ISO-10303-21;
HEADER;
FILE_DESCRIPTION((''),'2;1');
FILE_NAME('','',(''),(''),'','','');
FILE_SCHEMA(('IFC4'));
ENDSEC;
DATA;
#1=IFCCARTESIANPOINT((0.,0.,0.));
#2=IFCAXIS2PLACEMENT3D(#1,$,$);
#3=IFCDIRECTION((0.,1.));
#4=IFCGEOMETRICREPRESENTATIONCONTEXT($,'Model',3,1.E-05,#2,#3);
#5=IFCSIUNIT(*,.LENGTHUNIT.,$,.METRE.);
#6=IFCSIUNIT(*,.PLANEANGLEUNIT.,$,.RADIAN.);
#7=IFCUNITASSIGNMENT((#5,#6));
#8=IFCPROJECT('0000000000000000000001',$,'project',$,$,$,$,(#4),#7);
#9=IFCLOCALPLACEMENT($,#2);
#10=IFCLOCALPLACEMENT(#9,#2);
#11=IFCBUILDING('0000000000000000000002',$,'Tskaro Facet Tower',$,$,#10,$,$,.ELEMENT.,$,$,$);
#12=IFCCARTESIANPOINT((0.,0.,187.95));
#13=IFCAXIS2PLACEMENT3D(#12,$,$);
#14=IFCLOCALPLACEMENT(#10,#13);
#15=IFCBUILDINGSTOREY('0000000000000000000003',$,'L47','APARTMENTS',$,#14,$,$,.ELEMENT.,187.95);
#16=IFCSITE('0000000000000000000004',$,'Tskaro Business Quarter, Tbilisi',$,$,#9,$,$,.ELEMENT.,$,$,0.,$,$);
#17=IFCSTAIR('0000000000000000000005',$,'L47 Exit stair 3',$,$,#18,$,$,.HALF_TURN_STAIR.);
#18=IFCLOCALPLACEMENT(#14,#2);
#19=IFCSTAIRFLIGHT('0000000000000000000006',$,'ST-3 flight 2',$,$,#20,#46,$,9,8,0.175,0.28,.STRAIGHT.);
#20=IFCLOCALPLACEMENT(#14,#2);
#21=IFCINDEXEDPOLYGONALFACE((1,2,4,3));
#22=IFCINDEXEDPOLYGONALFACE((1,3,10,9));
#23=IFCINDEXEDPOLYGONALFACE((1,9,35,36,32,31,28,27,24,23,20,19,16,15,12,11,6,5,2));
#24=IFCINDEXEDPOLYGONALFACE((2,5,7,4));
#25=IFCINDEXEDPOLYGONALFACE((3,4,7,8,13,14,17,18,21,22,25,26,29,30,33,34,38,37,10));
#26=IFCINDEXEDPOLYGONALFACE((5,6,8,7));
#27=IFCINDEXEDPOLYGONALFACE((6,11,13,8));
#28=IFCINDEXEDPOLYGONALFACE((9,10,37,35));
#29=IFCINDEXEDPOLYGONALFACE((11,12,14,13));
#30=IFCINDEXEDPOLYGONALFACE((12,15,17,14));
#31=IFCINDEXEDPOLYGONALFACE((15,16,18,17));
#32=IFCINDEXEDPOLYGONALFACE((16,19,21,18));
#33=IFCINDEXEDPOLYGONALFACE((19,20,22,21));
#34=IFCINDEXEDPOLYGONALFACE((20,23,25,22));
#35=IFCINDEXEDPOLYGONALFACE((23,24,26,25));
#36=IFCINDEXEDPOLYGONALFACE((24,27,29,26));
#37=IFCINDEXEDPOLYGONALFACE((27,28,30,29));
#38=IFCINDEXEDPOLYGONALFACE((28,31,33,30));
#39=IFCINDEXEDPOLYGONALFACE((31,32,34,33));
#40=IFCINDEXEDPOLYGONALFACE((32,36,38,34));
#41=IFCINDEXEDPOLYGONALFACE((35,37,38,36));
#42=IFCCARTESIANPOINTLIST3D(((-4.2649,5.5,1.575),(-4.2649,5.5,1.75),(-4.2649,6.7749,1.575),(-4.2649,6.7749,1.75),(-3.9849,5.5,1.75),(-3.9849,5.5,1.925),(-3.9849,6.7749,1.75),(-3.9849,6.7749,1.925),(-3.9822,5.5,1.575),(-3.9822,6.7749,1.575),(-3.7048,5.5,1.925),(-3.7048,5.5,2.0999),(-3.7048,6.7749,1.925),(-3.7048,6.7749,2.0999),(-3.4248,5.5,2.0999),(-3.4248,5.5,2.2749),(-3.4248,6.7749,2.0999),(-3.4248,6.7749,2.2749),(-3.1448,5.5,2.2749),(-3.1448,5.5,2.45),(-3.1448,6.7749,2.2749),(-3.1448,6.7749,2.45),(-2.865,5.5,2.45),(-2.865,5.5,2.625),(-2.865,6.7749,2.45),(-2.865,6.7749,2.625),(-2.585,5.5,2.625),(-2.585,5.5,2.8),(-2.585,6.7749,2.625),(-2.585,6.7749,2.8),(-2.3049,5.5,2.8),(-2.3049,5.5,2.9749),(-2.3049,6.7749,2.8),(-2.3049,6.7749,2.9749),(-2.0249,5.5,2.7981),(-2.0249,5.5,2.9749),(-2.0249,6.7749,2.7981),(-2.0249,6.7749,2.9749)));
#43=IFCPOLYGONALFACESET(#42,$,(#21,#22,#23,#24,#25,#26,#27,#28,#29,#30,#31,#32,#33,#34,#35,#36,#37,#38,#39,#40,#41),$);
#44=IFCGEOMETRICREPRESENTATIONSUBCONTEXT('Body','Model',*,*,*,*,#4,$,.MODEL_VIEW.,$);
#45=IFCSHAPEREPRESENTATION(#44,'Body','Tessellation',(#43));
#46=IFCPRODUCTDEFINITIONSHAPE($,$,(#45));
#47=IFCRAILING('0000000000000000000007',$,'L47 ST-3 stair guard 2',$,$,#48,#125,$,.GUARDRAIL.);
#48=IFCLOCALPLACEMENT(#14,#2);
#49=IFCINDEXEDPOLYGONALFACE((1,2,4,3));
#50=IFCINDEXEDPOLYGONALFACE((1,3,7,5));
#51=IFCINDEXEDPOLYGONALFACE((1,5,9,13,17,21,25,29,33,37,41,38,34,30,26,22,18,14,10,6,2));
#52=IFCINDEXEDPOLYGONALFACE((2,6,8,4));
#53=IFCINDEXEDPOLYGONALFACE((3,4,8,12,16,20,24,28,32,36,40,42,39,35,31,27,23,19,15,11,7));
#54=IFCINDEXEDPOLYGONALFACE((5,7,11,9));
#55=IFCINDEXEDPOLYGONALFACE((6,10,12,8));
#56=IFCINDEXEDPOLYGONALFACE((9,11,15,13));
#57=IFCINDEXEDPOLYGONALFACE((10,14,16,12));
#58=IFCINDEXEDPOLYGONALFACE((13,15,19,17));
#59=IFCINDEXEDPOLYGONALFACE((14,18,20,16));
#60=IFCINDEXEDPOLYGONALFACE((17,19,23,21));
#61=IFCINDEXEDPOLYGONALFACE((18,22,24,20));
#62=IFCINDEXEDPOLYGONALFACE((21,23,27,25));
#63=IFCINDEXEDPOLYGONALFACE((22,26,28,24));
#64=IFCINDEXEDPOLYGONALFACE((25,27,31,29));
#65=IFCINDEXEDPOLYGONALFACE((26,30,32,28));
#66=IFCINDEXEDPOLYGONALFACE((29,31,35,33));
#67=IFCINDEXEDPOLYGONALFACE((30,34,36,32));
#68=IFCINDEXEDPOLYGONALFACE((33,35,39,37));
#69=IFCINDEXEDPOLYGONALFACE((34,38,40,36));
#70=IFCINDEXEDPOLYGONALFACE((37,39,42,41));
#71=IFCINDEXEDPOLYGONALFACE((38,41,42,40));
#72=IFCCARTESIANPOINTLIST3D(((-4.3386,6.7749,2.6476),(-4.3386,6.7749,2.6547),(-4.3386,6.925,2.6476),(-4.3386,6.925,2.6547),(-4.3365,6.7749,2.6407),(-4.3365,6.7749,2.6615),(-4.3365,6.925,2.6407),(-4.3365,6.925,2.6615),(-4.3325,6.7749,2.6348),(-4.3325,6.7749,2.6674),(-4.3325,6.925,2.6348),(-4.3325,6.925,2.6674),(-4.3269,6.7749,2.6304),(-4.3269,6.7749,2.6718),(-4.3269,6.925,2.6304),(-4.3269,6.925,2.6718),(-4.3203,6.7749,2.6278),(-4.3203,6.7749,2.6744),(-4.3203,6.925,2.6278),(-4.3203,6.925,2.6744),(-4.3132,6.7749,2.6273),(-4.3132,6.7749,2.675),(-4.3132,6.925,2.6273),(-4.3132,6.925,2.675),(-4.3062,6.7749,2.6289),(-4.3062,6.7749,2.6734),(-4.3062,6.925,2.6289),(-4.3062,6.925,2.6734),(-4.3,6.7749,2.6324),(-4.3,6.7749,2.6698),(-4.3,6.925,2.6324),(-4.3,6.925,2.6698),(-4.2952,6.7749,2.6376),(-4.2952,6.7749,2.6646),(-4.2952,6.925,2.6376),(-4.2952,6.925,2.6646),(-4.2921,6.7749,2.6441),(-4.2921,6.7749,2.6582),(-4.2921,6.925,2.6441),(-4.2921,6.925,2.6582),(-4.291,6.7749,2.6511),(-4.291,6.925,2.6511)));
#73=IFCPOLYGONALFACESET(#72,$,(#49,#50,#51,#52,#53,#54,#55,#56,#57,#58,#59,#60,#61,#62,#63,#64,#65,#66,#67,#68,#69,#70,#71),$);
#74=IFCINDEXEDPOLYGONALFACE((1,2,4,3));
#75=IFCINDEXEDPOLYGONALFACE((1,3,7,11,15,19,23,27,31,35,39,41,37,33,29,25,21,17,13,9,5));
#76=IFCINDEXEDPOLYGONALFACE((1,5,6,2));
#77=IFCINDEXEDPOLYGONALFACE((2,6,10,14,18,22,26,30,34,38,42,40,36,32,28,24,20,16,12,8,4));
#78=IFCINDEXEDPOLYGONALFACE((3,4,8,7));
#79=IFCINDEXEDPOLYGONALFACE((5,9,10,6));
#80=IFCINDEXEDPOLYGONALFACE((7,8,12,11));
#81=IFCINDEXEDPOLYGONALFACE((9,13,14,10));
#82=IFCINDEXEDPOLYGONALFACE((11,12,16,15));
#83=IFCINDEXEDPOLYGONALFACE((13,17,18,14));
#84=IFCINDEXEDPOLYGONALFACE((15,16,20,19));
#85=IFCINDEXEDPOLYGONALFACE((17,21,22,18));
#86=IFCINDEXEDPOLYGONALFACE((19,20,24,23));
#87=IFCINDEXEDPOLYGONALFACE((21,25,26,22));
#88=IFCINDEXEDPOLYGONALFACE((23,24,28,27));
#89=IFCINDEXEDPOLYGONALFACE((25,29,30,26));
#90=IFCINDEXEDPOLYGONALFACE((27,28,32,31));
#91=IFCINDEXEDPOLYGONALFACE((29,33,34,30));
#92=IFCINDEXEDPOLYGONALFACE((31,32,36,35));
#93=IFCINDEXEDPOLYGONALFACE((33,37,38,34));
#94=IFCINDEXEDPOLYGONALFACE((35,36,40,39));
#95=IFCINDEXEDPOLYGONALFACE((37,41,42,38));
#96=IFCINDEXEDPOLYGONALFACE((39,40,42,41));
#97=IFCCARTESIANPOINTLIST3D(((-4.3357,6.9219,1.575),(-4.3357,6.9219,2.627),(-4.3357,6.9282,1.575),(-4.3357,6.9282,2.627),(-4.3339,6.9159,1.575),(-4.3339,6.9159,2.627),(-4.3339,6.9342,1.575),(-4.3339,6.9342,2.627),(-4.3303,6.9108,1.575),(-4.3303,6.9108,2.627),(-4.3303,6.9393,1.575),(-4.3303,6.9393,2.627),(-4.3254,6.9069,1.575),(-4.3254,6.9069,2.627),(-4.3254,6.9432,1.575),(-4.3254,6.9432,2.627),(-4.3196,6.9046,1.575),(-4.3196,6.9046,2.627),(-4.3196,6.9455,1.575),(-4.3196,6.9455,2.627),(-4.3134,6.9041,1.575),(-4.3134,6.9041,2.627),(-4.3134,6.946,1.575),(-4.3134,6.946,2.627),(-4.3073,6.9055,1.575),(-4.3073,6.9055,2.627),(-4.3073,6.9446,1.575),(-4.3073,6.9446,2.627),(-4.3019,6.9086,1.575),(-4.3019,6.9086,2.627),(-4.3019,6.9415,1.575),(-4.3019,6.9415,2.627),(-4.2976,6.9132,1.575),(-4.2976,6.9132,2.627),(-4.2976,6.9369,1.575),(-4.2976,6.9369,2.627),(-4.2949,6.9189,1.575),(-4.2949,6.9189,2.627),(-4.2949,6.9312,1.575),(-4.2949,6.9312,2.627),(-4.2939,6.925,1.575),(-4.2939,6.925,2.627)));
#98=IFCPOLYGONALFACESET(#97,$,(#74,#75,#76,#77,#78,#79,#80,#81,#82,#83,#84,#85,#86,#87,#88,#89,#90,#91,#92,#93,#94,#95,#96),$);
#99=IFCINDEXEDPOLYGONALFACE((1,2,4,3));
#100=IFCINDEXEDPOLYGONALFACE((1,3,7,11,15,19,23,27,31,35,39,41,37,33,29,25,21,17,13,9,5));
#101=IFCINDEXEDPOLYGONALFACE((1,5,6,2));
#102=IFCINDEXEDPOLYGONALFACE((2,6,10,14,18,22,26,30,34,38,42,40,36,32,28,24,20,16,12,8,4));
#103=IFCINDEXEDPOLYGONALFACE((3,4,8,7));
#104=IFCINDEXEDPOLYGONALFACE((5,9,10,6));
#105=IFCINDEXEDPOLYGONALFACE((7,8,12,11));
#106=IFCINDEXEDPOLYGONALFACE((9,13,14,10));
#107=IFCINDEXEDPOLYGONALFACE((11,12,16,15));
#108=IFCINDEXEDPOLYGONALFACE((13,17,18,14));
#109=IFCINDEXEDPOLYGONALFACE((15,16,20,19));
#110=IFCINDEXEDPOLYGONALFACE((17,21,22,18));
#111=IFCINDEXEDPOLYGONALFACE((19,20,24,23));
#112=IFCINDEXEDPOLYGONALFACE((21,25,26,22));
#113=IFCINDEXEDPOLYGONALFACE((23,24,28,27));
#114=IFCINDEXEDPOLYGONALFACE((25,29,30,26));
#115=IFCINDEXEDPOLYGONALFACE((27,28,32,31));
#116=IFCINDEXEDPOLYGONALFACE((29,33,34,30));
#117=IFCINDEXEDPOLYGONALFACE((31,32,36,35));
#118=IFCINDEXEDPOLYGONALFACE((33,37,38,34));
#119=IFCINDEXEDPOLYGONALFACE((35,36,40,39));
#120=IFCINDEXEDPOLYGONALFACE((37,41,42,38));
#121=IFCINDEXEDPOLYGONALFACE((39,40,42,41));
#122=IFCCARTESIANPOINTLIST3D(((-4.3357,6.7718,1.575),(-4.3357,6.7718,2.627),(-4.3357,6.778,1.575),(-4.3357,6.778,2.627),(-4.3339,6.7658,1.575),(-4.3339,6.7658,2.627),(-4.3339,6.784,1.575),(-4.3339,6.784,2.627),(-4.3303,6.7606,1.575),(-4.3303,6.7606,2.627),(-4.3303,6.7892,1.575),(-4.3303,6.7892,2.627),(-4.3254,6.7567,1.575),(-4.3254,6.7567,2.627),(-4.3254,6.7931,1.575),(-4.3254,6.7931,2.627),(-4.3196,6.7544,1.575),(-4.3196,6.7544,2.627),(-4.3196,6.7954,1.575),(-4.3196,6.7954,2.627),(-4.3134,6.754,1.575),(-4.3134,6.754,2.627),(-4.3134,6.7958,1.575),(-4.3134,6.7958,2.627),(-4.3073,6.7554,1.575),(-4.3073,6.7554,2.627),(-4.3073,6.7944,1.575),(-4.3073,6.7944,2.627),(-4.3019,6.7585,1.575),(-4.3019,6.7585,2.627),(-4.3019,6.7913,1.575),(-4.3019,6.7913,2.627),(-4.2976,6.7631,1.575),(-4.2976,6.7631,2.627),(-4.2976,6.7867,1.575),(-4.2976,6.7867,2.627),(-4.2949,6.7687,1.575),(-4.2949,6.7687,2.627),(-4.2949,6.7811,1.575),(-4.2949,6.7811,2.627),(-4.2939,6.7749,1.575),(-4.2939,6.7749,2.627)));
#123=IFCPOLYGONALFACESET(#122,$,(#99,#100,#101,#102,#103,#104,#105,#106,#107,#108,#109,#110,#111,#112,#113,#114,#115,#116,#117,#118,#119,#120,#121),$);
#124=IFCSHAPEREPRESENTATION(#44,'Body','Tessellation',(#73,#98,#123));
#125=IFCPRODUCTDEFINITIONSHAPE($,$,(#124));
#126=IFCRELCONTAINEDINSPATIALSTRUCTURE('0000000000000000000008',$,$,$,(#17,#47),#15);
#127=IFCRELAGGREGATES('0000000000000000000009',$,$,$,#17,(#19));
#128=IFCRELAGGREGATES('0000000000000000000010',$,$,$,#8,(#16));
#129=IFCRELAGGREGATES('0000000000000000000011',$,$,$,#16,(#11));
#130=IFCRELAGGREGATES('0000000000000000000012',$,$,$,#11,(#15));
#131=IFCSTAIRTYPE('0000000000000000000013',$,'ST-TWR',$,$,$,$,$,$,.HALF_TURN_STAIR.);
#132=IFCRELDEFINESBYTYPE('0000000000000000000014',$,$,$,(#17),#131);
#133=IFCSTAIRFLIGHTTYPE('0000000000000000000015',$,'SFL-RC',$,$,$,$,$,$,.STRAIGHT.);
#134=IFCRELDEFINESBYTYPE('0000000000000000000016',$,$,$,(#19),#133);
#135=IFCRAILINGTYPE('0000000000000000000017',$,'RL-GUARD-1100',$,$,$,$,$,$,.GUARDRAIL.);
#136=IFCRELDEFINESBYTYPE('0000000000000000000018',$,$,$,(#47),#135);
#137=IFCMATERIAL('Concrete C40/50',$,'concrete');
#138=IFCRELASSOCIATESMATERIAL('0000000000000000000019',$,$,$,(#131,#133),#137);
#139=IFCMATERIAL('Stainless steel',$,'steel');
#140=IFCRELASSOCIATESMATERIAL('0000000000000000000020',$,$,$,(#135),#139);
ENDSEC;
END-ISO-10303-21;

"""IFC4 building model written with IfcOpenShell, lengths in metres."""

from ifc_helpers import new_model, si_unit, direction, frame, origin, origin_2d, place, context, subcontext, project, spatial, polyline, circle, outline, extrude, material, type_object, element, aggregate, save


model = new_model("IFC4")

# Units and contexts
model_context = context("Model", 3, precision=1e-05, world=origin(), true_north=direction((0.0, 1.0)))
body_context = subcontext(model_context, "Body", "Model", "MODEL_VIEW")
ifc_project = project(units=[si_unit("LENGTHUNIT", "METRE"), si_unit("PLANEANGLEUNIT", "RADIAN")], contexts=[model_context])

# Site, building, storey
site_placement = place(None, origin())
site = spatial("IfcSite", under=ifc_project, at=site_placement, Name="Tskaro Business Quarter, Tbilisi", CompositionType="ELEMENT", RefElevation=0.0)
building_placement = place(site_placement, origin())
building = spatial("IfcBuilding", under=site, at=building_placement, Name="Tskaro Facet Tower", CompositionType="ELEMENT")
storey_placement = place(building_placement, frame((0.0, 0.0, 187.95)))
storey = spatial("IfcBuildingStorey", under=building, at=storey_placement, Name="L47", Description="APARTMENTS", CompositionType="ELEMENT", Elevation=187.95)

# Shared definitions
ifc_material_1 = material(Name="Concrete C40/50", Category="concrete")

# Stair, stair flight
stair_type = type_object("IfcStairType", Name="ST-TWR", PredefinedType="HALF_TURN_STAIR", material=ifc_material_1)
stair_placement = place(storey_placement, origin())
stair = element("IfcStair", 1, at=stair_placement, inside=storey, type_object=stair_type, Name="L47 Exit stair 3", PredefinedType="HALF_TURN_STAIR")
stair_flight_type = type_object("IfcStairFlightType", Name="SFL-RC", PredefinedType="STRAIGHT", material=ifc_material_1)
stair_flight_placement = place(storey_placement, frame((-4.2649, 6.1375, 1.575), z_axis=(0.0, 0.0, 1.0), x_axis=(1.0, 0.0, 0.0)))
stair_flight = element("IfcStairFlight", 2, at=stair_flight_placement, type_object=stair_flight_type, Name="ST-3 flight 2", NumberOfRisers=9, NumberOfTreads=8, PredefinedType="STRAIGHT", RiserHeight=0.175, TreadLength=0.28, context=body_context, shape_type="SweptSolid", body=[
    extrude(outline(polyline([(0.0, 0.0), (0.0, 0.175), (0.28, 0.175), (0.28, 0.3501), (0.5601, 0.3501), (0.5601, 0.5249), (0.8401, 0.5249), (0.8401, 0.7), (1.1201, 0.7), (1.1201, 0.875), (1.3999, 0.875), (1.3999, 1.05), (1.6799, 1.05), (1.6799, 1.2251), (1.96, 1.2251), (1.96, 1.3999), (2.24, 1.3999), (2.24, 1.575), (2.24, 1.2231), (0.2827, 0.0), (0.0, 0.0)])), frame((0.0, 0.6375, 0.0), z_axis=(0.0, -1.0, 0.0), x_axis=(1.0, 0.0, 0.0)), (0.0, 0.0, 1.0), 1.2749),
])
aggregate(stair, [stair_flight])

# Railing
ifc_material_2 = material(Name="Stainless steel", Category="steel")
railing_type_1 = type_object("IfcRailingType", Name="RL-GUARD-1100", PredefinedType="GUARDRAIL", material=ifc_material_2)
railing_1_placement = place(storey_placement, frame((-4.3149, 6.925, 1.575)))
element("IfcRailing", 3, at=railing_1_placement, inside=storey, type_object=railing_type_1, Name="L47 ST-3 stair guard 2", PredefinedType="GUARDRAIL", context=body_context, shape_type="SweptSolid", body=[
    extrude(circle(Radius=0.0239, at=origin_2d()), frame((0.0, 0.0, 1.0762), z_axis=(0.0, -1.0, 0.0), x_axis=(1.0, 0.0, 0.0)), (0.0, 0.0, 1.0), 0.1501),
    extrude(circle(Radius=0.021, at=origin_2d()), origin(), (0.0, 0.0, 1.0), 1.052),
    extrude(circle(Radius=0.021, at=origin_2d()), frame((0.0, -0.1501, 0.0)), (0.0, 0.0, 1.0), 1.052),
])

save(model, "model.ifc")
